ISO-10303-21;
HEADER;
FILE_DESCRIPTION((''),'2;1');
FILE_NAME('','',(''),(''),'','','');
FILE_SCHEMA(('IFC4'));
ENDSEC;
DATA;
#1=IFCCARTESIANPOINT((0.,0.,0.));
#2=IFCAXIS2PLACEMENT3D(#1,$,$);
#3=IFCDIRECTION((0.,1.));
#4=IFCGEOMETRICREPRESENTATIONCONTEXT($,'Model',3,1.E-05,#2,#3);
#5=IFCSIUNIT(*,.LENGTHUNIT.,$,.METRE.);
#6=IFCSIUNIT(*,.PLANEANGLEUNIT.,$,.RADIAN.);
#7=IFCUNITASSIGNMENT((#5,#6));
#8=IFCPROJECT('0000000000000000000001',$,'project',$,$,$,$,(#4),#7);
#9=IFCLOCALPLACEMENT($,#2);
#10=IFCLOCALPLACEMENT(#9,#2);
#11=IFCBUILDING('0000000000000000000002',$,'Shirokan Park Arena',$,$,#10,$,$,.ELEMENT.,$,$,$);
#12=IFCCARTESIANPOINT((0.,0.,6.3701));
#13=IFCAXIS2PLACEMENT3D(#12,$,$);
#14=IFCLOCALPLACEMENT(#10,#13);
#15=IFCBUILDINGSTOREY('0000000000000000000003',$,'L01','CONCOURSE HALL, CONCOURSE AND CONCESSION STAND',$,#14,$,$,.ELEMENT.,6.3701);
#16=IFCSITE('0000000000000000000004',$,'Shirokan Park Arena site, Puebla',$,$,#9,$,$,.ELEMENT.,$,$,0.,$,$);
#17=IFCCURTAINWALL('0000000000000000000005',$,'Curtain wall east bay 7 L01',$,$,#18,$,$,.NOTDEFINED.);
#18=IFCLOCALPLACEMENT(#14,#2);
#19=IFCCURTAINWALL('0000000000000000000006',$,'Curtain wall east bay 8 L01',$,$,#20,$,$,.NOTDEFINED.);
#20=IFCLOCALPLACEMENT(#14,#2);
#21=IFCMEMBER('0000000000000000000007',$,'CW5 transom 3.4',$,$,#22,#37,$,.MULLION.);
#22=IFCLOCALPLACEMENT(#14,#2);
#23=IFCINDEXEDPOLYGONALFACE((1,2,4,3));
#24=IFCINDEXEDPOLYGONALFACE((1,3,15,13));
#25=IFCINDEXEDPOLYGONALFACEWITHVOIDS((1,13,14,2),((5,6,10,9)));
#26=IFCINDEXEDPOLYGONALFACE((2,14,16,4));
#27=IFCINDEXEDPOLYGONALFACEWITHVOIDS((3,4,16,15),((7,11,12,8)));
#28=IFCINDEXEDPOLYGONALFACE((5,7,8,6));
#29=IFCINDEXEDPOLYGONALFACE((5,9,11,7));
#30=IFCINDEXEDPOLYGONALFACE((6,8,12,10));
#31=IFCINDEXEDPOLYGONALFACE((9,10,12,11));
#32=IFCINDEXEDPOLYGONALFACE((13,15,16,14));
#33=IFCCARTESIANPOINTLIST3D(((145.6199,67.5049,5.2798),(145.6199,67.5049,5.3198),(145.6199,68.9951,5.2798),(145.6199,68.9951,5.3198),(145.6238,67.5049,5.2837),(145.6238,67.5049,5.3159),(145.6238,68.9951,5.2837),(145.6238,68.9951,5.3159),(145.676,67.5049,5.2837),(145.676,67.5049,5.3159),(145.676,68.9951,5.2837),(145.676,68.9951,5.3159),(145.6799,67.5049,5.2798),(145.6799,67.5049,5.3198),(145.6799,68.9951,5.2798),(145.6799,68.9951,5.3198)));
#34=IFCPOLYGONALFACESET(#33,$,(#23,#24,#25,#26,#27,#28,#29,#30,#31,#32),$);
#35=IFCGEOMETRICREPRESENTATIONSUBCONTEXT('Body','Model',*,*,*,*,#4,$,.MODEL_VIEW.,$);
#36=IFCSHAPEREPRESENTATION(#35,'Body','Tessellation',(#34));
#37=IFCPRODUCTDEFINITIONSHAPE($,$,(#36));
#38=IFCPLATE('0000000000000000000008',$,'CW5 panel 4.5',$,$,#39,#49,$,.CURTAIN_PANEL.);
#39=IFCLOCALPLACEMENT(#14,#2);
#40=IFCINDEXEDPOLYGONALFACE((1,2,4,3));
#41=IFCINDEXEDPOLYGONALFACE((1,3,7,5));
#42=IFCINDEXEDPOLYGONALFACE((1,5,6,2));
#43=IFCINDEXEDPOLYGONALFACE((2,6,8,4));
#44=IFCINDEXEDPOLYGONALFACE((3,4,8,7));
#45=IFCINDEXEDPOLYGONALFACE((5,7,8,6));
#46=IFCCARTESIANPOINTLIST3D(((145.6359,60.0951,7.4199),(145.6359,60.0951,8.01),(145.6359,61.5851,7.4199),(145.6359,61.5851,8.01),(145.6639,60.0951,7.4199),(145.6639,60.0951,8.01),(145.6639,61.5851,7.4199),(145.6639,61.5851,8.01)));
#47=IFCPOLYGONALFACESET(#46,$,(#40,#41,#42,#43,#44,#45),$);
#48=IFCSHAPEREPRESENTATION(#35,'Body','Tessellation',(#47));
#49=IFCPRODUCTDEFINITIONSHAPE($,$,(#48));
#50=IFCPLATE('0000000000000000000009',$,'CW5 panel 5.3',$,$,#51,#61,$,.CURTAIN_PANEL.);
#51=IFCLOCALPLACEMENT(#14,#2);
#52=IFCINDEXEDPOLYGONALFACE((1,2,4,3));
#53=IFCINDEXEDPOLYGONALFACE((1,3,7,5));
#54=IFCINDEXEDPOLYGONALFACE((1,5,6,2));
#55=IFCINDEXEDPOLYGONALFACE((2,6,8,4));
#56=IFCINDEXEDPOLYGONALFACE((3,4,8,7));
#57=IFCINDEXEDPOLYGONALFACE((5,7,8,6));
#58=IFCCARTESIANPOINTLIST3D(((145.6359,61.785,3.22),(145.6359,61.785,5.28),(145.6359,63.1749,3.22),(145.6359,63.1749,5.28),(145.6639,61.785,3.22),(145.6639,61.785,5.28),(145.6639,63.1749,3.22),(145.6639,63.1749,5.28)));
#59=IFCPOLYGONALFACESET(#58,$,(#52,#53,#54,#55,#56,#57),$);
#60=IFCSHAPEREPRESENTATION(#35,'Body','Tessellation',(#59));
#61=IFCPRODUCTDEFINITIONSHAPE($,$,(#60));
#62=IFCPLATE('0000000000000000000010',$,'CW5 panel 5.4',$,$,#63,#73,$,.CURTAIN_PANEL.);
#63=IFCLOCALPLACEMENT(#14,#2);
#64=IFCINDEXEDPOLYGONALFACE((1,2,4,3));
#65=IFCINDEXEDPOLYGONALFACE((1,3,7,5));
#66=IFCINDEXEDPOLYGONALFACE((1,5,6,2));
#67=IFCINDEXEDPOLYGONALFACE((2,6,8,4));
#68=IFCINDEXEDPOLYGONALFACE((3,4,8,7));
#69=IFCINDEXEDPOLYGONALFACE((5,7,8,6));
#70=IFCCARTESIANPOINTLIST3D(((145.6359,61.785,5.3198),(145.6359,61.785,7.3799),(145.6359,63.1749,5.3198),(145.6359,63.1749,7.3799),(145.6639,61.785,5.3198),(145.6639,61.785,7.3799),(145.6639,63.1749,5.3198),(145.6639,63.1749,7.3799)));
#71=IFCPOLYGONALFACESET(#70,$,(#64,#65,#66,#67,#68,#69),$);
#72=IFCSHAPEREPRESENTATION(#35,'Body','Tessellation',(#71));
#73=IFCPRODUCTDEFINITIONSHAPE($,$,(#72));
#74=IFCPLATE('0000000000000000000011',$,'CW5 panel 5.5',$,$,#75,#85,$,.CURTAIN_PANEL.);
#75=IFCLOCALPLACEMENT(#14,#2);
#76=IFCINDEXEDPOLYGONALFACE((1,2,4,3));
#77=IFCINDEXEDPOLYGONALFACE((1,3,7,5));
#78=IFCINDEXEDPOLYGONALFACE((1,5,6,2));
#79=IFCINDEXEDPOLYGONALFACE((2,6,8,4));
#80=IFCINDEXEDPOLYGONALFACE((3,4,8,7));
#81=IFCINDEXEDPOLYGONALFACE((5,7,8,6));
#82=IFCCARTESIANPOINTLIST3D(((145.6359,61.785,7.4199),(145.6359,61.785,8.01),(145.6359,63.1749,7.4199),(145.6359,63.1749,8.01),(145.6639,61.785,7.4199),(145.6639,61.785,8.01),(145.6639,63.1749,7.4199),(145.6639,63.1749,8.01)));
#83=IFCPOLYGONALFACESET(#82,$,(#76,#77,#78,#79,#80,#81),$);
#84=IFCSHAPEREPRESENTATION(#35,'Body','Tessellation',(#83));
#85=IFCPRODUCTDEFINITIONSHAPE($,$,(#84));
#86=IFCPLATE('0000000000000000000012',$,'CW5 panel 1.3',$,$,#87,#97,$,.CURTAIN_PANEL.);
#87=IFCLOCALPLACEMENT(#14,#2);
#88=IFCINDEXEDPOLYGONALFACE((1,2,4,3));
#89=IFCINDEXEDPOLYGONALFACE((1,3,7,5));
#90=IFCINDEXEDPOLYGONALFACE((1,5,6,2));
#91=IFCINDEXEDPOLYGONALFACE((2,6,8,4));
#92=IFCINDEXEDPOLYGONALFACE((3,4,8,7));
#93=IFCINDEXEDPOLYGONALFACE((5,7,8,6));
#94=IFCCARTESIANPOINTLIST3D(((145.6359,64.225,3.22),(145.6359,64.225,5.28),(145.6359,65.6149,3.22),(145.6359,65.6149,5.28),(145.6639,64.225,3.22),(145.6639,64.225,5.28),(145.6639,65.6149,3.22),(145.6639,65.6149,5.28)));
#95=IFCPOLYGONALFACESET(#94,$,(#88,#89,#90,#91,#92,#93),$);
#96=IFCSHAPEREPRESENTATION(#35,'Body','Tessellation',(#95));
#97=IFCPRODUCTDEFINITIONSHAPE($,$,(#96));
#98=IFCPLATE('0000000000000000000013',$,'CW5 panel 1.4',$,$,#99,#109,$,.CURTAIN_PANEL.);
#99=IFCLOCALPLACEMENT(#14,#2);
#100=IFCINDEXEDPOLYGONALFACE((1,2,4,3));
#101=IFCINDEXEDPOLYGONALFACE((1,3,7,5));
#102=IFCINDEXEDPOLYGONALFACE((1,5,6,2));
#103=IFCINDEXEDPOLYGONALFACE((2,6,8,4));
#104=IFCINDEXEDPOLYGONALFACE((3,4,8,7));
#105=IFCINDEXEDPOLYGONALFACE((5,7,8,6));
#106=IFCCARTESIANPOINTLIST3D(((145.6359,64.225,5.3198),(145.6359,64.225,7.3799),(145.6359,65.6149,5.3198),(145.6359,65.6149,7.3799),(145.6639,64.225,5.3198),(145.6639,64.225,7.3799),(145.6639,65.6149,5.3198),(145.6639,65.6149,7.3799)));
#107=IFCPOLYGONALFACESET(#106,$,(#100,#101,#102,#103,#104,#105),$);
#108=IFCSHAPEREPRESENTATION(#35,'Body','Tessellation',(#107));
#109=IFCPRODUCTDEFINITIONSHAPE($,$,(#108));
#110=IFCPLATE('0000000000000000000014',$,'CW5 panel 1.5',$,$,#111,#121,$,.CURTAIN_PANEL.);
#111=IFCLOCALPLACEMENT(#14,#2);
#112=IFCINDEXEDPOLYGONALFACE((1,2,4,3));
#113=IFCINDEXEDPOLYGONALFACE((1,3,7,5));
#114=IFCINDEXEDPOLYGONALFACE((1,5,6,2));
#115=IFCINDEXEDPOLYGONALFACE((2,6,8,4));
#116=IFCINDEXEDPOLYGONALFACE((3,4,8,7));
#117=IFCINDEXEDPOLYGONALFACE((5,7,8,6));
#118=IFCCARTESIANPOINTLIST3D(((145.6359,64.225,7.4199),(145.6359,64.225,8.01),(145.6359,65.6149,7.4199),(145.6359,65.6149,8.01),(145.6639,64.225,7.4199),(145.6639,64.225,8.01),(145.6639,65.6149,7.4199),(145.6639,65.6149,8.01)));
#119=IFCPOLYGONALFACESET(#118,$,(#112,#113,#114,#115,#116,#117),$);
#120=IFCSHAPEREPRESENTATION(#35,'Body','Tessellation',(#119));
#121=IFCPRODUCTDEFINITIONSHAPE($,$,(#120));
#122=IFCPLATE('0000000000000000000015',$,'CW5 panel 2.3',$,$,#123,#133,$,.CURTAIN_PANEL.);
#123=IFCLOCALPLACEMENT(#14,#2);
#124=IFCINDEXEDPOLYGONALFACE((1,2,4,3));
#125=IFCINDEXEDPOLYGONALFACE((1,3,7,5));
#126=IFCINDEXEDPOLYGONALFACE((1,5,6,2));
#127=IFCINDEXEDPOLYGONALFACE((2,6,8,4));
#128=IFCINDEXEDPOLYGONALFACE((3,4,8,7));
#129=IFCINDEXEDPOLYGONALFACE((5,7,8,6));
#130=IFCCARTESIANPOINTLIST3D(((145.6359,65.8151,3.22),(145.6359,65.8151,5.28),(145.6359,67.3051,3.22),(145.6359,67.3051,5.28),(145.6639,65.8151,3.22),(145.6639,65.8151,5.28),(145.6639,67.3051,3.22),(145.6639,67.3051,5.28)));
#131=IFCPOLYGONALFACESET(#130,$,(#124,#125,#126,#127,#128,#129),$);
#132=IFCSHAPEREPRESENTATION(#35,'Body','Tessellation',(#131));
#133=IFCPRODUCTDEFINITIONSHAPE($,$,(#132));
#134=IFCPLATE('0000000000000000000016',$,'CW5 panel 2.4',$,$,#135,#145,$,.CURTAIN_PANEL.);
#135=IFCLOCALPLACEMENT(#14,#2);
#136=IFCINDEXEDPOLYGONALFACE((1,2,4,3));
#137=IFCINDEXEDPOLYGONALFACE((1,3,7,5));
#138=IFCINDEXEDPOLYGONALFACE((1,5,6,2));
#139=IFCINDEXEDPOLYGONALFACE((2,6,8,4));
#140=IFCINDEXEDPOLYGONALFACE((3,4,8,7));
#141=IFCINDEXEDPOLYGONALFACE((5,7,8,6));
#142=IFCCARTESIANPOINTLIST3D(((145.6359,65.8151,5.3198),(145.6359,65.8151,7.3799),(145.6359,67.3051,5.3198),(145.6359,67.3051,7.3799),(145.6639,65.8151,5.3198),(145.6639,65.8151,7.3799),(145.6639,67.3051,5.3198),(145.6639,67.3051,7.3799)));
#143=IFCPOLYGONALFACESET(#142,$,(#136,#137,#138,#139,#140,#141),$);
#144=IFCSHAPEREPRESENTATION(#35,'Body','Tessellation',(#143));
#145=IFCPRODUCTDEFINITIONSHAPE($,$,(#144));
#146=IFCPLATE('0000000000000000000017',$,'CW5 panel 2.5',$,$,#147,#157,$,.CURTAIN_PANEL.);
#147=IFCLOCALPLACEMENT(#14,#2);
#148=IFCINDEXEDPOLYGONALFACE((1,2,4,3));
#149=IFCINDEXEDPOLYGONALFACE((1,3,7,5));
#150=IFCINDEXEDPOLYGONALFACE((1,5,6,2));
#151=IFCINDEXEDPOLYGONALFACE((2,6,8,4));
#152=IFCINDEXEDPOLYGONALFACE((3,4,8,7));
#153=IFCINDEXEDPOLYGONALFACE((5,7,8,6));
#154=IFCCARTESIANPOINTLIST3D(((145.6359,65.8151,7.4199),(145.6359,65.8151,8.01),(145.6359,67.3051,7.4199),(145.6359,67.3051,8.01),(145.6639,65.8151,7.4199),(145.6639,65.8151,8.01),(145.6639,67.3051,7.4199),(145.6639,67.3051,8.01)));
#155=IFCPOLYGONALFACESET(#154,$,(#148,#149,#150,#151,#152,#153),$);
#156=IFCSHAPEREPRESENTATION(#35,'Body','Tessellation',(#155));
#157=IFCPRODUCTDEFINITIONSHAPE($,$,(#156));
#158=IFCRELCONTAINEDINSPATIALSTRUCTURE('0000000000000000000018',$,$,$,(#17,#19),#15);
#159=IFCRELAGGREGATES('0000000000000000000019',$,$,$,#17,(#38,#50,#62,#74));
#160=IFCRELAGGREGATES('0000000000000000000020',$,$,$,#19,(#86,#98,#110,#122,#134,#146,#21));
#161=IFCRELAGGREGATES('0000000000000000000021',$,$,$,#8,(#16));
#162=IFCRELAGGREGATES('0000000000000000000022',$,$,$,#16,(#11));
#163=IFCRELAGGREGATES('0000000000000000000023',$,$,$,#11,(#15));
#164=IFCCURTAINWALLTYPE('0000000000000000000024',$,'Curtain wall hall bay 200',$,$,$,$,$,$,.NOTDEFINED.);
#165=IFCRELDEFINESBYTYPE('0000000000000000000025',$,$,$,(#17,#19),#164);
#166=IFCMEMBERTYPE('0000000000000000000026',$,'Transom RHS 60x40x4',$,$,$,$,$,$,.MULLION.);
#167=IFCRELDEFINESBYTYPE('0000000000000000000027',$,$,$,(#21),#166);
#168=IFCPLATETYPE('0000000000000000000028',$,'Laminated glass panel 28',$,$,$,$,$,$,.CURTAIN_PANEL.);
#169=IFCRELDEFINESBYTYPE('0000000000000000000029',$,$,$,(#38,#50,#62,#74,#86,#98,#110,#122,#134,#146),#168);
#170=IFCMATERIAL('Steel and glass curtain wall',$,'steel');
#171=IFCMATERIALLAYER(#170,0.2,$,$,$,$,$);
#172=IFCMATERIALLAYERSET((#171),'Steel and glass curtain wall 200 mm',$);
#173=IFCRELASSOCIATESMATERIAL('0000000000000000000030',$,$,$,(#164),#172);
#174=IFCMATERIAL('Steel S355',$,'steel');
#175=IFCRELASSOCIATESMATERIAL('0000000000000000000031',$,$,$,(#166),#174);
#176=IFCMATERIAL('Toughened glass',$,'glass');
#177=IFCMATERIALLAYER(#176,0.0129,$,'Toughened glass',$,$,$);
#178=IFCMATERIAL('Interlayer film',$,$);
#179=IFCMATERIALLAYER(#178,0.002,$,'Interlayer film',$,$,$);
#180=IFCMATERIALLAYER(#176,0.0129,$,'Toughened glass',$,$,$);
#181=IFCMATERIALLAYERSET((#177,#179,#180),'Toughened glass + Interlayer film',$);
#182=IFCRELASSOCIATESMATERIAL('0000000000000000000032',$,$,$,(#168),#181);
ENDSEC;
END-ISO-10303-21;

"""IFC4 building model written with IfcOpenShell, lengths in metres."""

from ifc_helpers import new_model, si_unit, direction, frame, origin, origin_2d, place, context, subcontext, project, spatial, rectangle, hollow_rectangle, extrude, material, layer, layer_set, material_profile, profile_set, type_object, element, aggregate, save


model = new_model("IFC4")

# Units and contexts
model_context = context("Model", 3, precision=1e-05, world=origin(), true_north=direction((0.0, 1.0)))
body_context = subcontext(model_context, "Body", "Model", "MODEL_VIEW")
ifc_project = project(units=[si_unit("LENGTHUNIT", "METRE"), si_unit("PLANEANGLEUNIT", "RADIAN")], contexts=[model_context])

# Site, building, storey
site_placement = place(None, origin())
site = spatial("IfcSite", under=ifc_project, at=site_placement, Name="Shirokan Park Arena site, Puebla", CompositionType="ELEMENT", RefElevation=0.0)
building_placement = place(site_placement, origin())
building = spatial("IfcBuilding", under=site, at=building_placement, Name="Shirokan Park Arena", CompositionType="ELEMENT")
storey_placement = place(building_placement, frame((0.0, 0.0, 6.3701)))
storey = spatial("IfcBuildingStorey", under=building, at=storey_placement, Name="L01", Description="CONCOURSE HALL, CONCOURSE AND CONCESSION STAND", CompositionType="ELEMENT", Elevation=6.3701)

# Curtain walls, member
ifc_material_1 = material(Name="Steel and glass curtain wall", Category="steel")
ifc_layer_1 = layer(ifc_material_1, 0.2)
ifc_layer_set_1 = layer_set([ifc_layer_1], Name="Steel and glass curtain wall 200 mm")
curtain_wall_type = type_object("IfcCurtainWallType", Name="Curtain wall hall bay 200", PredefinedType="NOTDEFINED", material=ifc_layer_set_1)
curtain_wall_1_placement = place(storey_placement, origin())
curtain_wall_1 = element("IfcCurtainWall", 1, at=curtain_wall_1_placement, inside=storey, type_object=curtain_wall_type, Name="Curtain wall east bay 7 L01", PredefinedType="NOTDEFINED")
ifc_material_2 = material(Name="Steel S355", Category="steel")
ifc_material_profile = material_profile(ifc_material_2, hollow_rectangle(XDim=0.0601, YDim=0.04, WallThickness=0.0039, at=origin_2d()), Name="RHS 60x40x4")
ifc_profile_set = profile_set([ifc_material_profile], Name="Steel S355")
member_type = type_object("IfcMemberType", Name="Transom RHS 60x40x4", PredefinedType="MULLION", material=ifc_profile_set)
curtain_wall_2_placement = place(storey_placement, origin())
curtain_wall_2 = element("IfcCurtainWall", 2, at=curtain_wall_2_placement, inside=storey, type_object=curtain_wall_type, Name="Curtain wall east bay 8 L01", PredefinedType="NOTDEFINED")
member_1_placement = place(storey_placement, frame((145.6499, 67.5049, 5.2998), z_axis=(0.0, 1.0, 0.0), x_axis=(-1.0, 0.0, 0.0)))
member_1 = element("IfcMember", 3, at=member_1_placement, type_object=member_type, Name="CW5 transom 3.4", PredefinedType="MULLION", context=body_context, shape_type="SweptSolid", body=[
    extrude(hollow_rectangle(XDim=0.0601, YDim=0.04, WallThickness=0.0039, at=origin_2d()), origin(), (0.0, 0.0, 1.0), 1.4902),
])

# Plates
ifc_material_3 = material(Name="Toughened glass", Category="glass")
ifc_layer_2 = layer(ifc_material_3, 0.0129, Name="Toughened glass")
ifc_material_4 = material(Name="Interlayer film")
ifc_layer_3 = layer(ifc_material_4, 0.002, Name="Interlayer film")
ifc_layer_4 = layer(ifc_material_3, 0.0129, Name="Toughened glass")
ifc_layer_set_2 = layer_set([ifc_layer_2, ifc_layer_3, ifc_layer_4], Name="Toughened glass + Interlayer film")
plate_type = type_object("IfcPlateType", Name="Laminated glass panel 28", PredefinedType="CURTAIN_PANEL", material=ifc_layer_set_2)
plate_1_placement = place(storey_placement, frame((145.6499, 60.8401, 7.4199), z_axis=(0.0, 0.0, 1.0), x_axis=(0.0, 1.0, 0.0)))
plate_1 = element("IfcPlate", 4, at=plate_1_placement, type_object=plate_type, Name="CW5 panel 4.5", PredefinedType="CURTAIN_PANEL", context=body_context, shape_type="SweptSolid", body=[
    extrude(rectangle(XDim=1.49, YDim=0.0281, at=origin_2d()), origin(), (0.0, 0.0, 1.0), 0.5901),
])
plate_2_placement = place(storey_placement, frame((145.6499, 62.48, 3.22), z_axis=(0.0, 0.0, 1.0), x_axis=(0.0, 1.0, 0.0)))
plate_2 = element("IfcPlate", 5, at=plate_2_placement, type_object=plate_type, Name="CW5 panel 5.3", PredefinedType="CURTAIN_PANEL", context=body_context, shape_type="SweptSolid", body=[
    extrude(rectangle(XDim=1.3899, YDim=0.0281, at=origin_2d()), origin(), (0.0, 0.0, 1.0), 2.0601),
])
plate_3_placement = place(storey_placement, frame((145.6499, 62.48, 5.3198), z_axis=(0.0, 0.0, 1.0), x_axis=(0.0, 1.0, 0.0)))
plate_3 = element("IfcPlate", 6, at=plate_3_placement, type_object=plate_type, Name="CW5 panel 5.4", PredefinedType="CURTAIN_PANEL", context=body_context, shape_type="SweptSolid", body=[
    extrude(rectangle(XDim=1.3899, YDim=0.0281, at=origin_2d()), origin(), (0.0, 0.0, 1.0), 2.0601),
])
plate_4_placement = place(storey_placement, frame((145.6499, 62.48, 7.4199), z_axis=(0.0, 0.0, 1.0), x_axis=(0.0, 1.0, 0.0)))
plate_4 = element("IfcPlate", 7, at=plate_4_placement, type_object=plate_type, Name="CW5 panel 5.5", PredefinedType="CURTAIN_PANEL", context=body_context, shape_type="SweptSolid", body=[
    extrude(rectangle(XDim=1.3899, YDim=0.0281, at=origin_2d()), origin(), (0.0, 0.0, 1.0), 0.5901),
])
aggregate(curtain_wall_1, [plate_1, plate_2, plate_3, plate_4])
plate_5_placement = place(storey_placement, frame((145.6499, 64.9199, 3.22), z_axis=(0.0, 0.0, 1.0), x_axis=(0.0, 1.0, 0.0)))
plate_5 = element("IfcPlate", 8, at=plate_5_placement, type_object=plate_type, Name="CW5 panel 1.3", PredefinedType="CURTAIN_PANEL", context=body_context, shape_type="SweptSolid", body=[
    extrude(rectangle(XDim=1.3899, YDim=0.0281, at=origin_2d()), origin(), (0.0, 0.0, 1.0), 2.0601),
])
plate_6_placement = place(storey_placement, frame((145.6499, 64.9199, 5.3198), z_axis=(0.0, 0.0, 1.0), x_axis=(0.0, 1.0, 0.0)))
plate_6 = element("IfcPlate", 9, at=plate_6_placement, type_object=plate_type, Name="CW5 panel 1.4", PredefinedType="CURTAIN_PANEL", context=body_context, shape_type="SweptSolid", body=[
    extrude(rectangle(XDim=1.3899, YDim=0.0281, at=origin_2d()), origin(), (0.0, 0.0, 1.0), 2.0601),
])
plate_7_placement = place(storey_placement, frame((145.6499, 64.9199, 7.4199), z_axis=(0.0, 0.0, 1.0), x_axis=(0.0, 1.0, 0.0)))
plate_7 = element("IfcPlate", 10, at=plate_7_placement, type_object=plate_type, Name="CW5 panel 1.5", PredefinedType="CURTAIN_PANEL", context=body_context, shape_type="SweptSolid", body=[
    extrude(rectangle(XDim=1.3899, YDim=0.0281, at=origin_2d()), origin(), (0.0, 0.0, 1.0), 0.5901),
])
plate_8_placement = place(storey_placement, frame((145.6499, 66.5601, 3.22), z_axis=(0.0, 0.0, 1.0), x_axis=(0.0, 1.0, 0.0)))
plate_8 = element("IfcPlate", 11, at=plate_8_placement, type_object=plate_type, Name="CW5 panel 2.3", PredefinedType="CURTAIN_PANEL", context=body_context, shape_type="SweptSolid", body=[
    extrude(rectangle(XDim=1.49, YDim=0.0281, at=origin_2d()), origin(), (0.0, 0.0, 1.0), 2.0601),
])
plate_9_placement = place(storey_placement, frame((145.6499, 66.5601, 5.3198), z_axis=(0.0, 0.0, 1.0), x_axis=(0.0, 1.0, 0.0)))
plate_9 = element("IfcPlate", 12, at=plate_9_placement, type_object=plate_type, Name="CW5 panel 2.4", PredefinedType="CURTAIN_PANEL", context=body_context, shape_type="SweptSolid", body=[
    extrude(rectangle(XDim=1.49, YDim=0.0281, at=origin_2d()), origin(), (0.0, 0.0, 1.0), 2.0601),
])
plate_10_placement = place(storey_placement, frame((145.6499, 66.5601, 7.4199), z_axis=(0.0, 0.0, 1.0), x_axis=(0.0, 1.0, 0.0)))
plate_10 = element("IfcPlate", 13, at=plate_10_placement, type_object=plate_type, Name="CW5 panel 2.5", PredefinedType="CURTAIN_PANEL", context=body_context, shape_type="SweptSolid", body=[
    extrude(rectangle(XDim=1.49, YDim=0.0281, at=origin_2d()), origin(), (0.0, 0.0, 1.0), 0.5901),
])
aggregate(curtain_wall_2, [plate_5, plate_6, plate_7, plate_8, plate_9, plate_10, member_1])

save(model, "model.ifc")
